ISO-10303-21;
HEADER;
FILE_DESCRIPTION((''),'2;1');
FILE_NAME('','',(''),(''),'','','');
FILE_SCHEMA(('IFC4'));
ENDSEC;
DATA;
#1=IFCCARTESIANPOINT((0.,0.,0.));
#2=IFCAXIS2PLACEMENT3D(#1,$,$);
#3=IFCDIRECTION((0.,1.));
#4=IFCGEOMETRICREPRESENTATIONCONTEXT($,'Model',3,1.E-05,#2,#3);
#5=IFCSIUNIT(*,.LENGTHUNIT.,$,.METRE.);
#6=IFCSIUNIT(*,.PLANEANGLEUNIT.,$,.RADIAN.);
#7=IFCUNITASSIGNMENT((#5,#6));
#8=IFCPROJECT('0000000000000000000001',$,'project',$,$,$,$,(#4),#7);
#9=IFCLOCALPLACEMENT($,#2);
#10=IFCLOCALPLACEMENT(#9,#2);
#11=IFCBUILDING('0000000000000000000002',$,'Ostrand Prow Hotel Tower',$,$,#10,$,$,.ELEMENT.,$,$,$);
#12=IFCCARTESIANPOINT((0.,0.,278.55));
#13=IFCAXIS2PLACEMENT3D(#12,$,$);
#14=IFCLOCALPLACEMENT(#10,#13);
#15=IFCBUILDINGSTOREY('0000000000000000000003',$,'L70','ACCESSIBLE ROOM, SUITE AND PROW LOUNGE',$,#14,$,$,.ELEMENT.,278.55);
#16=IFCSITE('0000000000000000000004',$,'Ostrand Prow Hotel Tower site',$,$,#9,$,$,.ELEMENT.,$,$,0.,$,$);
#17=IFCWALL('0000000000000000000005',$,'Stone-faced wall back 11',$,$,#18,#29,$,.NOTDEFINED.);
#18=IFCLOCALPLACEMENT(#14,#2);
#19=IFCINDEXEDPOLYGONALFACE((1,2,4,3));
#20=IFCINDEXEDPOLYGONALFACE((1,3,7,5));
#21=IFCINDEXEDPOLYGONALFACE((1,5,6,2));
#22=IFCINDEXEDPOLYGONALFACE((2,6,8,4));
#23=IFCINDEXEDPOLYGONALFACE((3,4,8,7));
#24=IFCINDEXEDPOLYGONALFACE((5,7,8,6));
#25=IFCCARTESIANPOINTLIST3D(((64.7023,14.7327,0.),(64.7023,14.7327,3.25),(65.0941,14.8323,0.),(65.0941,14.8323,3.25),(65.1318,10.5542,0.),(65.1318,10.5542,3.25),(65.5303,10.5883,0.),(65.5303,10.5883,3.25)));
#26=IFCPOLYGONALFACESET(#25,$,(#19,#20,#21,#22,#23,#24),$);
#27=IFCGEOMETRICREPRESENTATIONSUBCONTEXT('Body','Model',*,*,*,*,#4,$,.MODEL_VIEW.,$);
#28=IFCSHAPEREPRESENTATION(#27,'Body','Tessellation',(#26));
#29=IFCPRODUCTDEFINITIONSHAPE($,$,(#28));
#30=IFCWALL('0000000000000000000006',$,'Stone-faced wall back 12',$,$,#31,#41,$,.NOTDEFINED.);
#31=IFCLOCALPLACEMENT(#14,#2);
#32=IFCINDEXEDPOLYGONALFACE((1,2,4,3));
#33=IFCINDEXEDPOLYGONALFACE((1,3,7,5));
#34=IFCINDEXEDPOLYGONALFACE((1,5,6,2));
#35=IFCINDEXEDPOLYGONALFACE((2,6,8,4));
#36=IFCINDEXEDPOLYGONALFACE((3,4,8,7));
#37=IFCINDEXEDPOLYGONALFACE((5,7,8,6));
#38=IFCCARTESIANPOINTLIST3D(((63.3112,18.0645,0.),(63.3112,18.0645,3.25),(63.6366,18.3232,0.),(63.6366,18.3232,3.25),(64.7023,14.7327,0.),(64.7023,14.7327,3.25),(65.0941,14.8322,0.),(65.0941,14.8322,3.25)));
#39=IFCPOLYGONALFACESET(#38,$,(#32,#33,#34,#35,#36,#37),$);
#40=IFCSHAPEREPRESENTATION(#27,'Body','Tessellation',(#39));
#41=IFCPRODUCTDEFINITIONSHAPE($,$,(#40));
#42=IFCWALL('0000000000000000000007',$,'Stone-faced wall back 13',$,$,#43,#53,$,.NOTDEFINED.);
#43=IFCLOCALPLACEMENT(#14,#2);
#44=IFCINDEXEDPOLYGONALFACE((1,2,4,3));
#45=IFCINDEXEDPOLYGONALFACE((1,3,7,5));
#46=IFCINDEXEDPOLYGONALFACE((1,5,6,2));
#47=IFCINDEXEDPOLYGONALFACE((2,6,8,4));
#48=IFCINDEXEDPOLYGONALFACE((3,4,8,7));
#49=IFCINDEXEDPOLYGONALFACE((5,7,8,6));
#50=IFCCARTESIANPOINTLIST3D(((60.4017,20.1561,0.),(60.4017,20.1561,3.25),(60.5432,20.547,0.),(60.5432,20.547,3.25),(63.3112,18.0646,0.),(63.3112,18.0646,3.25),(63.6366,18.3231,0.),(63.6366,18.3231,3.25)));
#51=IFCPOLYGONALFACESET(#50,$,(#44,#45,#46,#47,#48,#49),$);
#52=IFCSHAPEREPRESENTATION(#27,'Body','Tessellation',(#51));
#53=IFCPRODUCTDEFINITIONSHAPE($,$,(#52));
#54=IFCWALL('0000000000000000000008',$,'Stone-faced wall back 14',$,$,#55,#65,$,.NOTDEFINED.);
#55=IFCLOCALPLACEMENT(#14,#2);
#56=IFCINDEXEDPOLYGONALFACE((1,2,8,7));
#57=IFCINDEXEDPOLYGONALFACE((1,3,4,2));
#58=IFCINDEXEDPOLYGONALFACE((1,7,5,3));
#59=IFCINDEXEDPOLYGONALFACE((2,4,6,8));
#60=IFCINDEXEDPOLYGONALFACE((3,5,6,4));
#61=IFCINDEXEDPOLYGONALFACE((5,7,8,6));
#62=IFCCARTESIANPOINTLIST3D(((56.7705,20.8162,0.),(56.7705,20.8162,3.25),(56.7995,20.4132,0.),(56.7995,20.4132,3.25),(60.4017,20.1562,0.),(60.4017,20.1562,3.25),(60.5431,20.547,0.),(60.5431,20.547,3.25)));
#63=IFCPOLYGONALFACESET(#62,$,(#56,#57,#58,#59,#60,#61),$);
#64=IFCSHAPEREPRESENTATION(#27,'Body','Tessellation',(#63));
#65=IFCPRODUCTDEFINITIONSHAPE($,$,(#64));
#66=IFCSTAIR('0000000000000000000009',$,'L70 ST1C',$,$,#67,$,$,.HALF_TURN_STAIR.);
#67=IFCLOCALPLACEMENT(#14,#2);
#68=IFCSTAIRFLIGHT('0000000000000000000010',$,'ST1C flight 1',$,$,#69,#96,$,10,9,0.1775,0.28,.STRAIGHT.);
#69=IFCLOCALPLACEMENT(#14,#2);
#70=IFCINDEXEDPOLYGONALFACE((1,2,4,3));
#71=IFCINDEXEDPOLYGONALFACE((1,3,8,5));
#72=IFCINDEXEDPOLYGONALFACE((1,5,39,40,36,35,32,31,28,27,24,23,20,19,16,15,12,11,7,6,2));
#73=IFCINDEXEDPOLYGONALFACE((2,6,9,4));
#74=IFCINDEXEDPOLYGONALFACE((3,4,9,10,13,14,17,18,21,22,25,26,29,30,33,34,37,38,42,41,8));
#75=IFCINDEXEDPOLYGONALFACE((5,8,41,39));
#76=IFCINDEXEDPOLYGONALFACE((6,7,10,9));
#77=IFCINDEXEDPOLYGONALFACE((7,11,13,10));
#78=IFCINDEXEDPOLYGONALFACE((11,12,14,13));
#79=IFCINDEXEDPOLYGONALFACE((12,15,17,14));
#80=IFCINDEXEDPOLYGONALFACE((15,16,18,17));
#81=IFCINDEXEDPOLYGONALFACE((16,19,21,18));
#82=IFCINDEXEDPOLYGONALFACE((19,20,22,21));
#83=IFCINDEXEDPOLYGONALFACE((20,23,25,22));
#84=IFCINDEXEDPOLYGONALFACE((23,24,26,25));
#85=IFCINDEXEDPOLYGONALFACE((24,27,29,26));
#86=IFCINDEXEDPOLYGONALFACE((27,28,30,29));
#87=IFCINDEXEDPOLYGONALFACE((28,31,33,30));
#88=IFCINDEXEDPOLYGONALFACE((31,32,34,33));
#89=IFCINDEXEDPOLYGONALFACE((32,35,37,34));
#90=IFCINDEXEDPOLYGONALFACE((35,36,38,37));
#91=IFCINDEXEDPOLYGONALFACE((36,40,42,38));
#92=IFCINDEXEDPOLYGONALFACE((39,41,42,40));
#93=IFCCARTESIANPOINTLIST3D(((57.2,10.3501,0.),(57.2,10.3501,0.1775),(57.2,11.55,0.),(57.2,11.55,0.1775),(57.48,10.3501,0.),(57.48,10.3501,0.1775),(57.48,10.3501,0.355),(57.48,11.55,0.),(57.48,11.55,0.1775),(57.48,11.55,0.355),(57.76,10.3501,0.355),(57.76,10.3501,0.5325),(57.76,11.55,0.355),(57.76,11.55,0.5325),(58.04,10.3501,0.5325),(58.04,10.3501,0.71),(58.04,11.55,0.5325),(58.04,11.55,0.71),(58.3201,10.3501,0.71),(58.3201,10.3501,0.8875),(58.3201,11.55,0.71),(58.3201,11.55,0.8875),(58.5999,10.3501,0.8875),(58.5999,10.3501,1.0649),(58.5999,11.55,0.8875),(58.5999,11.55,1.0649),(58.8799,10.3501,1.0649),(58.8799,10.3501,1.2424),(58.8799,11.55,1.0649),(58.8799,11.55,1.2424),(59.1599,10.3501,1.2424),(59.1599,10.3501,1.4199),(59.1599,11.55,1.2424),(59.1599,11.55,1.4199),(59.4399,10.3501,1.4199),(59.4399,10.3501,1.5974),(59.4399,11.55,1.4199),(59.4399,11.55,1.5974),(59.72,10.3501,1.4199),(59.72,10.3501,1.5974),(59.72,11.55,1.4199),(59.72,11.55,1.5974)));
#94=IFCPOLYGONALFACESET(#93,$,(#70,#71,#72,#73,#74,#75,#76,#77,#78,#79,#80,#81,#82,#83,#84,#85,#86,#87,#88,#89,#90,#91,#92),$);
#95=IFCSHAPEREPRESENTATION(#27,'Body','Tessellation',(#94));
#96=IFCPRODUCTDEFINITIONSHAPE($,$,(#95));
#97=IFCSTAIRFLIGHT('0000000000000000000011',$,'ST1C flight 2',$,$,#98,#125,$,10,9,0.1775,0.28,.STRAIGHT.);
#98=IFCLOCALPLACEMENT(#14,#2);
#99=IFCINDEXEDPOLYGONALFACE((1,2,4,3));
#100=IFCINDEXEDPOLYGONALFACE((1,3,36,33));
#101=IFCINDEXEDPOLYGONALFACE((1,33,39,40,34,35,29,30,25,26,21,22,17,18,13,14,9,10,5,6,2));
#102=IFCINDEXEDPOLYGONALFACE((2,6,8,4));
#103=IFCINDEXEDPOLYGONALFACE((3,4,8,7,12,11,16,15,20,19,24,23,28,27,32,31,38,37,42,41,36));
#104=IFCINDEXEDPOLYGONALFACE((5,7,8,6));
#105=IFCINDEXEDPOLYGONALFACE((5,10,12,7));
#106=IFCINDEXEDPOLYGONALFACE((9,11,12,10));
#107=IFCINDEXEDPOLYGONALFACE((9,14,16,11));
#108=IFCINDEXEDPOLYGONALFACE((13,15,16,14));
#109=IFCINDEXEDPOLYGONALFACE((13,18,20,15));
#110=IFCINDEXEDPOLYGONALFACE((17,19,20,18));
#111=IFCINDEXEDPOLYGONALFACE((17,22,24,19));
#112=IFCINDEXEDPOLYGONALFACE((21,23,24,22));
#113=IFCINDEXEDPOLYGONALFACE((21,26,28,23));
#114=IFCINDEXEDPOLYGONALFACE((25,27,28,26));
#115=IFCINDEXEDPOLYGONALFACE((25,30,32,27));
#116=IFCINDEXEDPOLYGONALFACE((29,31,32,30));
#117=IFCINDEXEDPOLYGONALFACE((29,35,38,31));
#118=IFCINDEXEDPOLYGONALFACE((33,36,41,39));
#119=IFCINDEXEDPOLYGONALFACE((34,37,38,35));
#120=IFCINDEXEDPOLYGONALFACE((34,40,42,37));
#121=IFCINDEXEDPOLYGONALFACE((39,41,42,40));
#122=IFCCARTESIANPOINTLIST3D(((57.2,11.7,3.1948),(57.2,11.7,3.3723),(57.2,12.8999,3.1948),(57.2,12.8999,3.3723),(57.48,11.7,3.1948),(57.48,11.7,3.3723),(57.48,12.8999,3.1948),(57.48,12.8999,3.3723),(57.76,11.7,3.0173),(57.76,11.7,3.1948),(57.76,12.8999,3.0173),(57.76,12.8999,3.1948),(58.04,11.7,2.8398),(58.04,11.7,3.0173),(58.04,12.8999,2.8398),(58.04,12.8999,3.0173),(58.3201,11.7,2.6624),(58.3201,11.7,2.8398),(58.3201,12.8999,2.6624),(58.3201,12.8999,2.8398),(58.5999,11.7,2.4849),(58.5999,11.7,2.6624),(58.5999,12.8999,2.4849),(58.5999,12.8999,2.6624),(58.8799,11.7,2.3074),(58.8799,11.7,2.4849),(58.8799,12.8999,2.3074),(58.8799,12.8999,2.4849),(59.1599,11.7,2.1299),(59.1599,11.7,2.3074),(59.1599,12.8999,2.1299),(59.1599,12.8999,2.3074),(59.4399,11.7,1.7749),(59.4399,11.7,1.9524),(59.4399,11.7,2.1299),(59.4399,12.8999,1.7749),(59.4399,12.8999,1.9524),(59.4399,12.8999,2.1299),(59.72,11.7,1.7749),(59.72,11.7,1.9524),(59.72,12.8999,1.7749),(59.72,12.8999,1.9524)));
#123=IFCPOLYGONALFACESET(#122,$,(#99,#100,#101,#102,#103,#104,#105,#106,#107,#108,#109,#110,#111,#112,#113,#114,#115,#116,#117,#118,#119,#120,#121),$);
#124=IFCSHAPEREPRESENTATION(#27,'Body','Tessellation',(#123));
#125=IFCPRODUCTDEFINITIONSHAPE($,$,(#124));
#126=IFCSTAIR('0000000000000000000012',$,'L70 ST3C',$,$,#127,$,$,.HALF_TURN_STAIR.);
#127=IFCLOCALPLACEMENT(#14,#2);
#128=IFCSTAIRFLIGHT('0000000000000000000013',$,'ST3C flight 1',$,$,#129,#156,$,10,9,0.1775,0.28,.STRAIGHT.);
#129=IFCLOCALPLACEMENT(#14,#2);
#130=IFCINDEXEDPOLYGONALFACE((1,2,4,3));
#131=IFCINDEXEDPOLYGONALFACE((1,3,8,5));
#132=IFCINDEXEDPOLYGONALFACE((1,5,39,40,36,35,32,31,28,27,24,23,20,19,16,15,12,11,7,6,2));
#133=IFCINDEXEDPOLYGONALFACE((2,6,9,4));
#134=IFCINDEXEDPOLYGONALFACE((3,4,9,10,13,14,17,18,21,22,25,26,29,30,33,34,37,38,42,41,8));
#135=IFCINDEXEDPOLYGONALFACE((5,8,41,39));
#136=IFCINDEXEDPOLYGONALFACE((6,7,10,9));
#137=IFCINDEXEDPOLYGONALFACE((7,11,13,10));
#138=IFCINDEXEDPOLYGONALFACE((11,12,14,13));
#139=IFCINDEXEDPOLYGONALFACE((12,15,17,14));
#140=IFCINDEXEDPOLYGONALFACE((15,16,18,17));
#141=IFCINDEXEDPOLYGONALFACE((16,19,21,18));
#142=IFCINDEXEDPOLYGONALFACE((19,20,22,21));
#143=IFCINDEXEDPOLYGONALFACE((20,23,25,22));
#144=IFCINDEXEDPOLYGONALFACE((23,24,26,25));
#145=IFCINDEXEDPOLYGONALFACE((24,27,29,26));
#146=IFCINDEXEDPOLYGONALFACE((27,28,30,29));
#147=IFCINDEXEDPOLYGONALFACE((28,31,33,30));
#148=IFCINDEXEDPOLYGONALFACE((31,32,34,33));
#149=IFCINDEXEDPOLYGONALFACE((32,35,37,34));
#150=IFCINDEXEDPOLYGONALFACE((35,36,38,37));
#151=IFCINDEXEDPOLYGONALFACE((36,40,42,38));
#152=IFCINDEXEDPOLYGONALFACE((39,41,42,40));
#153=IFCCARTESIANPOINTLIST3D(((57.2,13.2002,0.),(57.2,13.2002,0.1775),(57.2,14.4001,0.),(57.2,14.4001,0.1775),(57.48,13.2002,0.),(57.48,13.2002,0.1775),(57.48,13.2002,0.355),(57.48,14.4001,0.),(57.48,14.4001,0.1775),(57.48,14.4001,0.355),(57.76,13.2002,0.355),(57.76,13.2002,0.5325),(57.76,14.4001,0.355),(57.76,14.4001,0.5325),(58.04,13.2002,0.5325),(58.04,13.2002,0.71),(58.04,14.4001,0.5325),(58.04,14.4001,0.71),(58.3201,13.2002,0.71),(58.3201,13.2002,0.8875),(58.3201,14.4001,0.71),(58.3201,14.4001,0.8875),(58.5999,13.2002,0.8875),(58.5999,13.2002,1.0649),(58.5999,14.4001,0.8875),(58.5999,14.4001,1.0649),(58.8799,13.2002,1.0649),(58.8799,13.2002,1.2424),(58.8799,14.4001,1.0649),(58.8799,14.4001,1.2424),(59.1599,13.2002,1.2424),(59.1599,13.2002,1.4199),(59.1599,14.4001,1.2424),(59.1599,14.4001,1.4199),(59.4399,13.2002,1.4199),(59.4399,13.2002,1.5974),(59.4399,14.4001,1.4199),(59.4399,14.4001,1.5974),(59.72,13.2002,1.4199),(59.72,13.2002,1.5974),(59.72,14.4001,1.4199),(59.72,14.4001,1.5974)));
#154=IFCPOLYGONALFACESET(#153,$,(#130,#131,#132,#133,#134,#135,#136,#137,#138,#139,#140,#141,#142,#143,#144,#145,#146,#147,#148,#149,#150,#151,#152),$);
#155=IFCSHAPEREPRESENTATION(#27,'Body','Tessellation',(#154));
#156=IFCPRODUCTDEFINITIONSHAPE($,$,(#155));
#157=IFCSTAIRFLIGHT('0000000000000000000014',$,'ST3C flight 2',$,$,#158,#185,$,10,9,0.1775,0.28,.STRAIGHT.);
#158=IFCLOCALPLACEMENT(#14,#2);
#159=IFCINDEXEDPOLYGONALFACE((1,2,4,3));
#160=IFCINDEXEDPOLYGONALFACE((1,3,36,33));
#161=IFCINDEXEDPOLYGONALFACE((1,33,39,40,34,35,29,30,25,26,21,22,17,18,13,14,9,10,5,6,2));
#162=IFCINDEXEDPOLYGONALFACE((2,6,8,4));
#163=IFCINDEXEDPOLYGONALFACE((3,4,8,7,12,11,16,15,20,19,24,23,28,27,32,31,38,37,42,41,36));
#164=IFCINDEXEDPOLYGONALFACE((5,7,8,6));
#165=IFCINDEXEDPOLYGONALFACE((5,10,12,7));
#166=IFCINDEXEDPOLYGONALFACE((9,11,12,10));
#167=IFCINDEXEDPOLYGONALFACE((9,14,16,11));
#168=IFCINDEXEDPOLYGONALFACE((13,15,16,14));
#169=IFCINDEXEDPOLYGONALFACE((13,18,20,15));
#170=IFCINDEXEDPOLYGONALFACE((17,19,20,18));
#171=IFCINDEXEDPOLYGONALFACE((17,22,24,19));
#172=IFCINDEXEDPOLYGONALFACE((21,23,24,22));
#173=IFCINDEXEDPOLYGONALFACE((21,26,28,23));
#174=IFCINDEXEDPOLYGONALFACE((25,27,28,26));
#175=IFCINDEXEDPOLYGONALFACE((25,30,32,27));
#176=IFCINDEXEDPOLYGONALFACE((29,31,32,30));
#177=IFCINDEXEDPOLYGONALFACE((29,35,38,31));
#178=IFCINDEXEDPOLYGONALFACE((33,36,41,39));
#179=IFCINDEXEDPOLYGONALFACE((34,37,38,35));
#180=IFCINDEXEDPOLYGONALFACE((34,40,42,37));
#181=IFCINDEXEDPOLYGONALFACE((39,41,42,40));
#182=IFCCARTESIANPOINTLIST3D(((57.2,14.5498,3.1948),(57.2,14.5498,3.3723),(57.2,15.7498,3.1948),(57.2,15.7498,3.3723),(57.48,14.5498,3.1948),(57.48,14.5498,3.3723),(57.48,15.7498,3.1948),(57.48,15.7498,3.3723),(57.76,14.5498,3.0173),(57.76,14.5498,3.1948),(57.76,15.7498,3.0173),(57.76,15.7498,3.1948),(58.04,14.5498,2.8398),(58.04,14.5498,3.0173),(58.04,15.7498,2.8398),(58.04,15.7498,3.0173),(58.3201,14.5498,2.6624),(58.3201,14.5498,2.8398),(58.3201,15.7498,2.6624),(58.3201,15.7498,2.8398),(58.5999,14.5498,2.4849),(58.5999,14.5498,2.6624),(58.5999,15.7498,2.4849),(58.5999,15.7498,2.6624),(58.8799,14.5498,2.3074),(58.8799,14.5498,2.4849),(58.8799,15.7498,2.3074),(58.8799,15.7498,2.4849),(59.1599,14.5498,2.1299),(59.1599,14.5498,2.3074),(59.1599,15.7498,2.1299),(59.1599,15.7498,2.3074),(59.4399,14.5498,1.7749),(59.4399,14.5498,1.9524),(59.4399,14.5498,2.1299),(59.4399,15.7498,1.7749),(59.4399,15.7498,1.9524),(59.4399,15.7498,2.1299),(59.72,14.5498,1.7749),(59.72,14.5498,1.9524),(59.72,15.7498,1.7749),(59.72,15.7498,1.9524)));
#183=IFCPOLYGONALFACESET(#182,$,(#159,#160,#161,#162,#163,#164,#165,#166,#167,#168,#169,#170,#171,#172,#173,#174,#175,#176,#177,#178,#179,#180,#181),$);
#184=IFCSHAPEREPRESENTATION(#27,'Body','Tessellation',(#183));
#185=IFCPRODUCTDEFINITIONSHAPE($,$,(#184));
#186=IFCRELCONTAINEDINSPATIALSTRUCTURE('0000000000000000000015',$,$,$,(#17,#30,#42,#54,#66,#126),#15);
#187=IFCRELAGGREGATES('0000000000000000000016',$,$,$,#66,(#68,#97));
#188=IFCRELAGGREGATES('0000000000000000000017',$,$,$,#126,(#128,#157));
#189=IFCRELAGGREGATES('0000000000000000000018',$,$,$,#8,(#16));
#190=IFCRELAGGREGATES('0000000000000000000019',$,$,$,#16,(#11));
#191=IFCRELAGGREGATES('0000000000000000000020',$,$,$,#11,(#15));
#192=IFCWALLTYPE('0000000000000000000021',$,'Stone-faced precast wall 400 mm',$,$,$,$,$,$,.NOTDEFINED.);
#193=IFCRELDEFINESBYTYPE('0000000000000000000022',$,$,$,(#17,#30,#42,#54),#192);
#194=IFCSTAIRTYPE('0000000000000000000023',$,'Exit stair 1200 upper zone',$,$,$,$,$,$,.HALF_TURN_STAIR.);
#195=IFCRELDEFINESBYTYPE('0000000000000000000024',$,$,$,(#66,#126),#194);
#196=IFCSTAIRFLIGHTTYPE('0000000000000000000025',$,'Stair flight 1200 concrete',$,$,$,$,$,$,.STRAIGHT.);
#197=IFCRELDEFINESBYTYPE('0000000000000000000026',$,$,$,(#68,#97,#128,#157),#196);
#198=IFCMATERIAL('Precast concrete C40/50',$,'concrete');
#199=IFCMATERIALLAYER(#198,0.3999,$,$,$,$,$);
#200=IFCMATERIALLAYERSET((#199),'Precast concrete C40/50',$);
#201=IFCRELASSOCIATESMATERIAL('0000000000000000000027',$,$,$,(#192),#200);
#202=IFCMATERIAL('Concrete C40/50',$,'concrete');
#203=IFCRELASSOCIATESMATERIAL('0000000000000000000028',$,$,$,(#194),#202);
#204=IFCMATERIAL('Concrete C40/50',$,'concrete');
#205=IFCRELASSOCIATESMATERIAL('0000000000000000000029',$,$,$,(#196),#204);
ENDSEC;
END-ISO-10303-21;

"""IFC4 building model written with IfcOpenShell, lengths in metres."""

from ifc_helpers import new_model, si_unit, direction, frame, origin, place, context, subcontext, project, spatial, polyline, outline, extrude, material, layer, layer_set, type_object, element, aggregate, save


model = new_model("IFC4")

# Units and contexts
model_context = context("Model", 3, precision=1e-05, world=origin(), true_north=direction((0.0, 1.0)))
body_context = subcontext(model_context, "Body", "Model", "MODEL_VIEW")
ifc_project = project(units=[si_unit("LENGTHUNIT", "METRE"), si_unit("PLANEANGLEUNIT", "RADIAN")], contexts=[model_context])

# Site, building, storey
site_placement = place(None, origin())
site = spatial("IfcSite", under=ifc_project, at=site_placement, Name="Ostrand Prow Hotel Tower site", CompositionType="ELEMENT", RefElevation=0.0)
building_placement = place(site_placement, origin())
building = spatial("IfcBuilding", under=site, at=building_placement, Name="Ostrand Prow Hotel Tower", CompositionType="ELEMENT")
storey_placement = place(building_placement, frame((0.0, 0.0, 278.55)))
storey = spatial("IfcBuildingStorey", under=building, at=storey_placement, Name="L70", Description="ACCESSIBLE ROOM, SUITE AND PROW LOUNGE", CompositionType="ELEMENT", Elevation=278.55)

# Shared definitions
ifc_material_1 = material(Name="Precast concrete C40/50", Category="concrete")
ifc_layer_1 = layer(ifc_material_1, 0.3999)
ifc_layer_set_1 = layer_set([ifc_layer_1], Name="Precast concrete C40/50")
wall_type_1 = type_object("IfcWallType", Name="Stone-faced precast wall 400 mm", PredefinedType="NOTDEFINED", material=ifc_layer_set_1)

# Walls
wall_1_placement = place(storey_placement, frame((65.3311, 10.5713, 0.0), z_axis=(0.0, 0.0, 1.0), x_axis=(-0.10225, 0.994759, 0.0)))
element("IfcWall", 1, at=wall_1_placement, inside=storey, type_object=wall_type_1, Name="Stone-faced wall back 11", PredefinedType="NOTDEFINED", context=body_context, shape_type="SweptSolid", body=[
    extrude(outline(polyline([(-0.0034, -0.2), (4.2629, -0.2), (4.2039, 0.2), (0.0034, 0.2), (-0.0034, -0.2)])), origin(), (0.0, 0.0, 1.0), 3.25),
])
wall_2_placement = place(storey_placement, frame((64.8982, 14.7825, 0.0), z_axis=(0.0, 0.0, 1.0), x_axis=(-0.385286, 0.922797, 0.0)))
element("IfcWall", 2, at=wall_2_placement, inside=storey, type_object=wall_type_1, Name="Stone-faced wall back 12", PredefinedType="NOTDEFINED", context=body_context, shape_type="SweptSolid", body=[
    extrude(outline(polyline([(-0.0295, -0.2), (3.7534, -0.2), (3.6401, 0.2), (0.0295, 0.2), (-0.0295, -0.2)])), origin(), (0.0, 0.0, 1.0), 3.25),
])
wall_3_placement = place(storey_placement, frame((63.4739, 18.1938, 0.0), z_axis=(0.0, 0.0, 1.0), x_axis=(-0.811963, 0.58371, 0.0)))
element("IfcWall", 3, at=wall_3_placement, inside=storey, type_object=wall_type_1, Name="Stone-faced wall back 13", PredefinedType="NOTDEFINED", context=body_context, shape_type="SweptSolid", body=[
    extrude(outline(polyline([(-0.0566, -0.2), (3.7532, -0.2), (3.6399, 0.2), (0.0566, 0.2), (-0.0566, -0.2)])), origin(), (0.0, 0.0, 1.0), 3.25),
])
wall_4_placement = place(storey_placement, frame((60.4724, 20.3516, 0.0), z_axis=(0.0, 0.0, 1.0), x_axis=(-0.997463, 0.071191, 0.0)))
element("IfcWall", 4, at=wall_4_placement, inside=storey, type_object=wall_type_1, Name="Stone-faced wall back 14", PredefinedType="NOTDEFINED", context=body_context, shape_type="SweptSolid", body=[
    extrude(outline(polyline([(-0.0566, -0.2), (3.7256, -0.2), (3.668, 0.2), (0.0566, 0.2), (-0.0566, -0.2)])), origin(), (0.0, 0.0, 1.0), 3.25),
])

# Stairs, stair flights
ifc_material_2 = material(Name="Concrete C40/50", Category="concrete")
stair_type = type_object("IfcStairType", Name="Exit stair 1200 upper zone", PredefinedType="HALF_TURN_STAIR", material=ifc_material_2)
stair_1_placement = place(storey_placement, origin())
stair_1 = element("IfcStair", 5, at=stair_1_placement, inside=storey, type_object=stair_type, Name="L70 ST1C", PredefinedType="HALF_TURN_STAIR")
ifc_material_3 = material(Name="Concrete C40/50", Category="concrete")
stair_flight_type = type_object("IfcStairFlightType", Name="Stair flight 1200 concrete", PredefinedType="STRAIGHT", material=ifc_material_3)
stair_flight_1_placement = place(storey_placement, frame((57.2, 10.95, 0.0), z_axis=(0.0, 0.0, 1.0), x_axis=(1.0, 0.0, 0.0)))
stair_flight_1 = element("IfcStairFlight", 6, at=stair_flight_1_placement, type_object=stair_flight_type, Name="ST1C flight 1", NumberOfRisers=10, NumberOfTreads=9, PredefinedType="STRAIGHT", RiserHeight=0.1775, TreadLength=0.28, context=body_context, shape_type="SweptSolid", body=[
    extrude(outline(polyline([(0.0, 0.0), (0.0, 0.1775), (0.28, 0.1775), (0.28, 0.355), (0.5601, 0.355), (0.5601, 0.5325), (0.8401, 0.5325), (0.8401, 0.71), (1.1201, 0.71), (1.1201, 0.8875), (1.3999, 0.8875), (1.3999, 1.0649), (1.6799, 1.0649), (1.6799, 1.2424), (1.96, 1.2424), (1.96, 1.4199), (2.24, 1.4199), (2.24, 1.5974), (2.52, 1.5974), (2.52, 1.7749), (2.52, 1.4199), (0.28, 0.0), (0.0, 0.0)])), frame((0.0, 0.6001, 0.0), z_axis=(0.0, -1.0, 0.0), x_axis=(1.0, 0.0, 0.0)), (0.0, 0.0, 1.0), 1.2),
])
stair_flight_2_placement = place(storey_placement, frame((59.72, 12.3, 1.7749), z_axis=(0.0, 0.0, 1.0), x_axis=(-1.0, 0.0, 0.0)))
stair_flight_2 = element("IfcStairFlight", 7, at=stair_flight_2_placement, type_object=stair_flight_type, Name="ST1C flight 2", NumberOfRisers=10, NumberOfTreads=9, PredefinedType="STRAIGHT", RiserHeight=0.1775, TreadLength=0.28, context=body_context, shape_type="SweptSolid", body=[
    extrude(outline(polyline([(0.0, 0.0), (0.0, 0.1775), (0.28, 0.1775), (0.28, 0.355), (0.5601, 0.355), (0.5601, 0.5325), (0.8401, 0.5325), (0.8401, 0.71), (1.1201, 0.71), (1.1201, 0.8875), (1.3999, 0.8875), (1.3999, 1.0649), (1.6799, 1.0649), (1.6799, 1.2424), (1.96, 1.2424), (1.96, 1.4199), (2.24, 1.4199), (2.24, 1.5974), (2.52, 1.5974), (2.52, 1.7749), (2.52, 1.4199), (0.28, 0.0), (0.0, 0.0)])), frame((0.0, 0.6001, 0.0), z_axis=(0.0, -1.0, 0.0), x_axis=(1.0, 0.0, 0.0)), (0.0, 0.0, 1.0), 1.2),
])
aggregate(stair_1, [stair_flight_1, stair_flight_2])
stair_2_placement = place(storey_placement, origin())
stair_2 = element("IfcStair", 8, at=stair_2_placement, inside=storey, type_object=stair_type, Name="L70 ST3C", PredefinedType="HALF_TURN_STAIR")
stair_flight_3_placement = place(storey_placement, frame((57.2, 13.8, 0.0), z_axis=(0.0, 0.0, 1.0), x_axis=(1.0, 0.0, 0.0)))
stair_flight_3 = element("IfcStairFlight", 9, at=stair_flight_3_placement, type_object=stair_flight_type, Name="ST3C flight 1", NumberOfRisers=10, NumberOfTreads=9, PredefinedType="STRAIGHT", RiserHeight=0.1775, TreadLength=0.28, context=body_context, shape_type="SweptSolid", body=[
    extrude(outline(polyline([(0.0, 0.0), (0.0, 0.1775), (0.28, 0.1775), (0.28, 0.355), (0.5601, 0.355), (0.5601, 0.5325), (0.8401, 0.5325), (0.8401, 0.71), (1.1201, 0.71), (1.1201, 0.8875), (1.3999, 0.8875), (1.3999, 1.0649), (1.6799, 1.0649), (1.6799, 1.2424), (1.96, 1.2424), (1.96, 1.4199), (2.24, 1.4199), (2.24, 1.5974), (2.52, 1.5974), (2.52, 1.7749), (2.52, 1.4199), (0.28, 0.0), (0.0, 0.0)])), frame((0.0, 0.6001, 0.0), z_axis=(0.0, -1.0, 0.0), x_axis=(1.0, 0.0, 0.0)), (0.0, 0.0, 1.0), 1.2),
])
stair_flight_4_placement = place(storey_placement, frame((59.72, 15.1499, 1.7749), z_axis=(0.0, 0.0, 1.0), x_axis=(-1.0, 0.0, 0.0)))
stair_flight_4 = element("IfcStairFlight", 10, at=stair_flight_4_placement, type_object=stair_flight_type, Name="ST3C flight 2", NumberOfRisers=10, NumberOfTreads=9, PredefinedType="STRAIGHT", RiserHeight=0.1775, TreadLength=0.28, context=body_context, shape_type="SweptSolid", body=[
    extrude(outline(polyline([(0.0, 0.0), (0.0, 0.1775), (0.28, 0.1775), (0.28, 0.355), (0.5601, 0.355), (0.5601, 0.5325), (0.8401, 0.5325), (0.8401, 0.71), (1.1201, 0.71), (1.1201, 0.8875), (1.3999, 0.8875), (1.3999, 1.0649), (1.6799, 1.0649), (1.6799, 1.2424), (1.96, 1.2424), (1.96, 1.4199), (2.24, 1.4199), (2.24, 1.5974), (2.52, 1.5974), (2.52, 1.7749), (2.52, 1.4199), (0.28, 0.0), (0.0, 0.0)])), frame((0.0, 0.6001, 0.0), z_axis=(0.0, -1.0, 0.0), x_axis=(1.0, 0.0, 0.0)), (0.0, 0.0, 1.0), 1.2),
])
aggregate(stair_2, [stair_flight_3, stair_flight_4])

save(model, "model.ifc")
